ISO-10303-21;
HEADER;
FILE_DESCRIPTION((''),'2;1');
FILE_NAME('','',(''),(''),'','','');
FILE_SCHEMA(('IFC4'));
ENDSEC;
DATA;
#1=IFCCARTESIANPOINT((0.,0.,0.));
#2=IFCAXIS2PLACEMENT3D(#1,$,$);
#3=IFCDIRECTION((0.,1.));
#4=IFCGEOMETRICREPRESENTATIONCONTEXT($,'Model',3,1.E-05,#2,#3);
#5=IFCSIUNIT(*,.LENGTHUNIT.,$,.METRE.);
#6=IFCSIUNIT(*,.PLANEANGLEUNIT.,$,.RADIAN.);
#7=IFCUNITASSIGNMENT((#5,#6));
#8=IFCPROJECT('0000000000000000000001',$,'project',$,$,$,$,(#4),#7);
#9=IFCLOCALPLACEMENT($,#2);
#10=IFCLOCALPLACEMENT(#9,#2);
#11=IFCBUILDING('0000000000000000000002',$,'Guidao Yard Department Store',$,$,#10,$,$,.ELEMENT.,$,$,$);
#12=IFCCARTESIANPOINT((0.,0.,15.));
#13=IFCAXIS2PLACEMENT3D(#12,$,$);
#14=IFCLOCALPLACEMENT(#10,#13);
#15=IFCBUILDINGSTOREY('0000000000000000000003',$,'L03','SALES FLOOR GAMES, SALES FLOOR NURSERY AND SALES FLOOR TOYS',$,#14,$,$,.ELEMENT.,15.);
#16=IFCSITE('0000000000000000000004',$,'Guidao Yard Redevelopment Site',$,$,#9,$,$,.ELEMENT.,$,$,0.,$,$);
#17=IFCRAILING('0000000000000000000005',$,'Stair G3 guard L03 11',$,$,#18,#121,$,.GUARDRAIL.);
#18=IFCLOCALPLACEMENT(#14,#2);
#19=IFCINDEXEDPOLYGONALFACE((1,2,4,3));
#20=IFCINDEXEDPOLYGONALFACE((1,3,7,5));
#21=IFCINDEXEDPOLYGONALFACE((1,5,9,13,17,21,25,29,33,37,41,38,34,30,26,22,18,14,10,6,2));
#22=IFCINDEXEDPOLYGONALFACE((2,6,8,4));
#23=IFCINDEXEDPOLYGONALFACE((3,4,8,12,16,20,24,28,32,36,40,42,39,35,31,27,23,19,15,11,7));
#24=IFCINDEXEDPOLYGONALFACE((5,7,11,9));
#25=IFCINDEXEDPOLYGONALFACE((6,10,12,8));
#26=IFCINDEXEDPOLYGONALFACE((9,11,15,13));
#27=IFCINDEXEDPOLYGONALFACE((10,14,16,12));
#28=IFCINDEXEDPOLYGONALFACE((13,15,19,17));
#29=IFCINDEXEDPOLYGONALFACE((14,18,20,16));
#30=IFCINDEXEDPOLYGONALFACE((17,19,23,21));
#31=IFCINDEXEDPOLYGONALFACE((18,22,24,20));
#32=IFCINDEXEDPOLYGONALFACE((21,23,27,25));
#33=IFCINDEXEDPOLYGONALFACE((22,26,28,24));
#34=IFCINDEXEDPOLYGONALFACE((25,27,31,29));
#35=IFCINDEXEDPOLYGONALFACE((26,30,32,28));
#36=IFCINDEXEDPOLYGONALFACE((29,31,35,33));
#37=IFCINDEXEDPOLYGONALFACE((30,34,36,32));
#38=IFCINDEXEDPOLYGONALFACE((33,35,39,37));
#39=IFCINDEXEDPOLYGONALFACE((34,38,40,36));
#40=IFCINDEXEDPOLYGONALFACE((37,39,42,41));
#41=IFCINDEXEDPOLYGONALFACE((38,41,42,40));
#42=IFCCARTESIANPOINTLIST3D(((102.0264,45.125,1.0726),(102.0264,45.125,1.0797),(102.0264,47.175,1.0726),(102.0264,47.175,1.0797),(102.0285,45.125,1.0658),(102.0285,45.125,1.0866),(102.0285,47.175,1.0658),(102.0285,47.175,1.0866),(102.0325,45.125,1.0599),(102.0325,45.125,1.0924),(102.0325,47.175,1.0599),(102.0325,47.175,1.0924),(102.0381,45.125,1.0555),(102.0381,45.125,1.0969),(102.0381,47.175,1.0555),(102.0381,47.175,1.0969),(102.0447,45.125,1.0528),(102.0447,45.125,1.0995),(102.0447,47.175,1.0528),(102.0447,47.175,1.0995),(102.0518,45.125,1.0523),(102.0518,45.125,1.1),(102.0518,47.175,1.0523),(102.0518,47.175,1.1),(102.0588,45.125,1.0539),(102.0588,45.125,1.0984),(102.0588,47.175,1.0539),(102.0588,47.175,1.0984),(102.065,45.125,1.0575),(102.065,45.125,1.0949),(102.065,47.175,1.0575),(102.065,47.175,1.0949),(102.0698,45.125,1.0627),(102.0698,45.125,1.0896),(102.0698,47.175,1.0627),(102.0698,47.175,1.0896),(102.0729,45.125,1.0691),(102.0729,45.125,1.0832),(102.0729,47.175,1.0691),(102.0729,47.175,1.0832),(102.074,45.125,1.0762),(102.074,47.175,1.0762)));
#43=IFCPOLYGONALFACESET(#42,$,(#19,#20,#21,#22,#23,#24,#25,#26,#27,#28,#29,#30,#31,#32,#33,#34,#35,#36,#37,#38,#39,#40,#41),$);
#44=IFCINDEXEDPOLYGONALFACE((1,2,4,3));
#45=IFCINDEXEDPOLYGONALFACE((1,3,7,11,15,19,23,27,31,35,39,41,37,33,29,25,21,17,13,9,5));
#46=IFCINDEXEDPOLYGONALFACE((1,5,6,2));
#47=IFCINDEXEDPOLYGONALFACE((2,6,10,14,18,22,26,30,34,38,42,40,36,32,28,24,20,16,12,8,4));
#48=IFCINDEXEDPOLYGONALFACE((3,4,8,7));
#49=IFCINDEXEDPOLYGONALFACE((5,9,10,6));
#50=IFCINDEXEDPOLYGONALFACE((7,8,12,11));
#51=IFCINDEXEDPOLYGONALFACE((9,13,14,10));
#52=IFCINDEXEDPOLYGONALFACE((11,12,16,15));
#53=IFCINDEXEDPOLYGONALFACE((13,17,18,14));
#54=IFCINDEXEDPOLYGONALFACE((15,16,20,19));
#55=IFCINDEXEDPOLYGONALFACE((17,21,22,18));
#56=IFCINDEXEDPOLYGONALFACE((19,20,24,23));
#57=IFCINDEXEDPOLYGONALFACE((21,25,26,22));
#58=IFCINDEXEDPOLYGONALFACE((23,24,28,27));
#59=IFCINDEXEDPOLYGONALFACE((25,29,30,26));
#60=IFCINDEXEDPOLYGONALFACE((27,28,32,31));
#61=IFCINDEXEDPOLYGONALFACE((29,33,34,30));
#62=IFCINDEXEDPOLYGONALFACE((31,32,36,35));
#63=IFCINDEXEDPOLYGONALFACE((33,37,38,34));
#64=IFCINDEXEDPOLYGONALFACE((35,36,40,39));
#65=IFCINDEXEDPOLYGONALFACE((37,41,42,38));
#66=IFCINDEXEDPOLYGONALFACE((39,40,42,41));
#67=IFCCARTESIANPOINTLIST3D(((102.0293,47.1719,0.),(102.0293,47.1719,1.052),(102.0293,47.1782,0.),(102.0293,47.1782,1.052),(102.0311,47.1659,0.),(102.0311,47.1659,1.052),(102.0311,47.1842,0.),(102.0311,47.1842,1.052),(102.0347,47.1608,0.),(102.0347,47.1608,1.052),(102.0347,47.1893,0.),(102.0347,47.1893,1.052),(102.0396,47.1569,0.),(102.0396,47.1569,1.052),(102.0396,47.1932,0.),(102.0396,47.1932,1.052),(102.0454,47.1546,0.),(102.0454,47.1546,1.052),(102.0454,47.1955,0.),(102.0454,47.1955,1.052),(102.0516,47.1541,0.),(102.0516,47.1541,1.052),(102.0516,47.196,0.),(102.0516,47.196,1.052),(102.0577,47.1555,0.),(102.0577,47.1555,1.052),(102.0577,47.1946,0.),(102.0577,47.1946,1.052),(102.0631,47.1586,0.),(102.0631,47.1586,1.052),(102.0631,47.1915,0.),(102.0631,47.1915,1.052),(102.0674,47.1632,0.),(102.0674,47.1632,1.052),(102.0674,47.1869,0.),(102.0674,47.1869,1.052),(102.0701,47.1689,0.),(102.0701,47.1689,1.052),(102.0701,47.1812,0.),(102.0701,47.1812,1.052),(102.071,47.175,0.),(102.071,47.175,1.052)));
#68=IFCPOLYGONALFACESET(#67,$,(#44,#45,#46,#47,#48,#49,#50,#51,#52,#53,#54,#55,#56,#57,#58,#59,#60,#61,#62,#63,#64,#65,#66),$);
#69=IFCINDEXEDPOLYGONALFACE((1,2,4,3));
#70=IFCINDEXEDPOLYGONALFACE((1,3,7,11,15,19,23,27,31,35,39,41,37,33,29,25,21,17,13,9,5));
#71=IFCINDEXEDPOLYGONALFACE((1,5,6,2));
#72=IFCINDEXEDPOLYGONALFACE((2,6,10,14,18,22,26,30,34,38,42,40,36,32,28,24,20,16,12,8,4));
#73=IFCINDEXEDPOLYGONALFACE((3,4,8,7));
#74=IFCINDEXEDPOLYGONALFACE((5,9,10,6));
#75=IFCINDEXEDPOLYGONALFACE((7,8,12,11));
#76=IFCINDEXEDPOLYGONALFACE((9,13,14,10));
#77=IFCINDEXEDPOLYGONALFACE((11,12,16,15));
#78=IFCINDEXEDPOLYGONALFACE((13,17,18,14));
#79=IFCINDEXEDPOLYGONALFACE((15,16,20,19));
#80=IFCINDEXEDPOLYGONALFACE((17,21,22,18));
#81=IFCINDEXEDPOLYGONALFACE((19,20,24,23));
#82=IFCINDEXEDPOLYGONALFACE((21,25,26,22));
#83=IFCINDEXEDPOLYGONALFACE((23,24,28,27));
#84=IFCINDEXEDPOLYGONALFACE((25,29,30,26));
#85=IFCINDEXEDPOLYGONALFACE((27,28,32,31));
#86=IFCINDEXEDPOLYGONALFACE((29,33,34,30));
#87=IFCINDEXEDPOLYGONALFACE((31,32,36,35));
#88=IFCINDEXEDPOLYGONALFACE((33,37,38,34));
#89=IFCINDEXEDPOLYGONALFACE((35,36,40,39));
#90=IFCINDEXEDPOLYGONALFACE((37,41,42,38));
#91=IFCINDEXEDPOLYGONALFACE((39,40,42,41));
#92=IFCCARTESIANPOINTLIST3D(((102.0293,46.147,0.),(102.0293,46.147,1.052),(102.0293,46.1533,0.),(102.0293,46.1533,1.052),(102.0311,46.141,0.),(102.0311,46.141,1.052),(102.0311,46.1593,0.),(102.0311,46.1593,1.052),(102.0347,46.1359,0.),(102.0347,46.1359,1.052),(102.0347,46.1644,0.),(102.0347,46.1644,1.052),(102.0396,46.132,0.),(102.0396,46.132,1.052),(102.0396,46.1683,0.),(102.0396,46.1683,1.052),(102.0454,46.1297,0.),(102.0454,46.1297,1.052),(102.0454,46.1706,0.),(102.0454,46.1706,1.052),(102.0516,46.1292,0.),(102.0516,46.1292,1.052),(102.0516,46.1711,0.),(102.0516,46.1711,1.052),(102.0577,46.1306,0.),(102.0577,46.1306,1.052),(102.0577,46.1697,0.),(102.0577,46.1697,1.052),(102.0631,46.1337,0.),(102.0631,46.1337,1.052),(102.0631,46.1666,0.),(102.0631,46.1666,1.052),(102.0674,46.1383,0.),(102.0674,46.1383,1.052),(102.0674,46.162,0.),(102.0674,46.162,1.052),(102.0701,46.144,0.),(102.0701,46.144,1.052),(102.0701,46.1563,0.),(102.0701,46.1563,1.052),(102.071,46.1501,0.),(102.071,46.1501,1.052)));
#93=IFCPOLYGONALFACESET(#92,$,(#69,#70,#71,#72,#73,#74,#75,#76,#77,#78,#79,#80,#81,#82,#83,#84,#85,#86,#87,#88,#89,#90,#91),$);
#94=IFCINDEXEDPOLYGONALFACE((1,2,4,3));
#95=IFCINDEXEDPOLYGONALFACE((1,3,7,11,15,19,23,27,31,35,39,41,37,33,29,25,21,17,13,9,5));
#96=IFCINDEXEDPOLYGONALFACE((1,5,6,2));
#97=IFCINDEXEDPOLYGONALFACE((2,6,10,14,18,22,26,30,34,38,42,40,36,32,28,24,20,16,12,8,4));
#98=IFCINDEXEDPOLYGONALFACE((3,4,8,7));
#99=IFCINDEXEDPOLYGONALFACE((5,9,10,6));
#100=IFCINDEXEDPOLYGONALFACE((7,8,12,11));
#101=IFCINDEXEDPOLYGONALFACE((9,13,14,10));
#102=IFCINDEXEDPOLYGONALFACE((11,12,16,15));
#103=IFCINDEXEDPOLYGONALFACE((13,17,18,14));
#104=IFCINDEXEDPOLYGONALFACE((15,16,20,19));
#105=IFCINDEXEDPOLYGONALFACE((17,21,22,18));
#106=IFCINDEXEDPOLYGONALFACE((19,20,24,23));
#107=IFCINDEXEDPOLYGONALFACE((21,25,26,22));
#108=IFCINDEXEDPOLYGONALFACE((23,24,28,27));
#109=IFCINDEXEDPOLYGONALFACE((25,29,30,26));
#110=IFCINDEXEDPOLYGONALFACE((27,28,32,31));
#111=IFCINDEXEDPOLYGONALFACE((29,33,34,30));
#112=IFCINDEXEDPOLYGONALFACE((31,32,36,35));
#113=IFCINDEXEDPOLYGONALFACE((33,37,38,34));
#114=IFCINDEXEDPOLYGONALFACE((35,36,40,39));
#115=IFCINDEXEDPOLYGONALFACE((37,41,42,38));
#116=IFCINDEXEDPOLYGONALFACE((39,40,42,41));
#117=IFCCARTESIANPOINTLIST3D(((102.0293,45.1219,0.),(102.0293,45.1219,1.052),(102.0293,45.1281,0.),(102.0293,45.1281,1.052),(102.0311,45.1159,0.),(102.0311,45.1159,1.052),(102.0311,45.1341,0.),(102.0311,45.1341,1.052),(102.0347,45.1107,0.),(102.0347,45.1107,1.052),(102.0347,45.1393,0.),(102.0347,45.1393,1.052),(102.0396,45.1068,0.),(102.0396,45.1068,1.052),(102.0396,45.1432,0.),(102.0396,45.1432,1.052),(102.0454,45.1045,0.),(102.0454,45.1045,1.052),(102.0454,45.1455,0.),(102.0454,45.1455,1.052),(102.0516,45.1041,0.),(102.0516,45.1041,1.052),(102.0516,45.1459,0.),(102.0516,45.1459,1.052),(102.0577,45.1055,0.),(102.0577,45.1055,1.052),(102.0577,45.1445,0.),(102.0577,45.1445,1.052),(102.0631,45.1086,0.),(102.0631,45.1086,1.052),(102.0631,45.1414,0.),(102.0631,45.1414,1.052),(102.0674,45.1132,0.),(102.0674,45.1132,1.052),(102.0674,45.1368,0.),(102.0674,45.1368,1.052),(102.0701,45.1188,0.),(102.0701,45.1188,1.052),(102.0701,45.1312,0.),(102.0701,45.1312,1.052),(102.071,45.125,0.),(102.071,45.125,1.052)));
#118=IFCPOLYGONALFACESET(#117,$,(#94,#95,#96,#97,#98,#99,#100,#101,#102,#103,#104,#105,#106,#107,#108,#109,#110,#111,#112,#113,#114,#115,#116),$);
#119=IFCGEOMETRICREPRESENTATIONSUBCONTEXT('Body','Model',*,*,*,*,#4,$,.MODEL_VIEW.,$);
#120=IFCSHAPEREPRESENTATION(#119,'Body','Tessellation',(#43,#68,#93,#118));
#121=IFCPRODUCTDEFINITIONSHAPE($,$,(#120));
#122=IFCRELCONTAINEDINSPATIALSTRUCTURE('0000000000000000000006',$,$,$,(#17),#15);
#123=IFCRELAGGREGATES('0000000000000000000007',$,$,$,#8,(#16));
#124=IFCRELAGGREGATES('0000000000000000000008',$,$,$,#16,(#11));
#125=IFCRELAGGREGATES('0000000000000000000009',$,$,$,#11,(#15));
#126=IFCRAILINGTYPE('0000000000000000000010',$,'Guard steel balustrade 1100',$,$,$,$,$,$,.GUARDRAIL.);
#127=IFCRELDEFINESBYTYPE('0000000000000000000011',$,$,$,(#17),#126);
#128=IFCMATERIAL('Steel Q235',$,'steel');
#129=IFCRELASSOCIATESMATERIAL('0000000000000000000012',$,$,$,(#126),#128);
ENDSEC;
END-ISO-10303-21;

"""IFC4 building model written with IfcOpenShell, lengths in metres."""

from ifc_helpers import new_model, si_unit, direction, frame, origin, origin_2d, place, context, subcontext, project, spatial, circle, extrude, material, type_object, element, save


model = new_model("IFC4")

# Units and contexts
model_context = context("Model", 3, precision=1e-05, world=origin(), true_north=direction((0.0, 1.0)))
body_context = subcontext(model_context, "Body", "Model", "MODEL_VIEW")
ifc_project = project(units=[si_unit("LENGTHUNIT", "METRE"), si_unit("PLANEANGLEUNIT", "RADIAN")], contexts=[model_context])

# Site, building, storey
site_placement = place(None, origin())
site = spatial("IfcSite", under=ifc_project, at=site_placement, Name="Guidao Yard Redevelopment Site", CompositionType="ELEMENT", RefElevation=0.0)
building_placement = place(site_placement, origin())
building = spatial("IfcBuilding", under=site, at=building_placement, Name="Guidao Yard Department Store", CompositionType="ELEMENT")
storey_placement = place(building_placement, frame((0.0, 0.0, 15.0)))
storey = spatial("IfcBuildingStorey", under=building, at=storey_placement, Name="L03", Description="SALES FLOOR GAMES, SALES FLOOR NURSERY AND SALES FLOOR TOYS", CompositionType="ELEMENT", Elevation=15.0)

# Railing
ifc_material_1 = material(Name="Steel Q235", Category="steel")
railing_type_1 = type_object("IfcRailingType", Name="Guard steel balustrade 1100", PredefinedType="GUARDRAIL", material=ifc_material_1)
railing_1_placement = place(storey_placement, frame((102.05, 47.175, 0.0)))
element("IfcRailing", 1, at=railing_1_placement, inside=storey, type_object=railing_type_1, Name="Stair G3 guard L03 11", PredefinedType="GUARDRAIL", context=body_context, shape_type="SweptSolid", body=[
    extrude(circle(Radius=0.0239, at=origin_2d()), frame((0.0, 0.0, 1.0762), z_axis=(0.0, -1.0, 0.0), x_axis=(1.0, 0.0, 0.0)), (0.0, 0.0, 1.0), 2.05),
    extrude(circle(Radius=0.021, at=origin_2d()), origin(), (0.0, 0.0, 1.0), 1.052),
    extrude(circle(Radius=0.021, at=origin_2d()), frame((0.0, -1.0249, 0.0)), (0.0, 0.0, 1.0), 1.052),
    extrude(circle(Radius=0.021, at=origin_2d()), frame((0.0, -2.05, 0.0)), (0.0, 0.0, 1.0), 1.052),
])

save(model, "model.ifc")
